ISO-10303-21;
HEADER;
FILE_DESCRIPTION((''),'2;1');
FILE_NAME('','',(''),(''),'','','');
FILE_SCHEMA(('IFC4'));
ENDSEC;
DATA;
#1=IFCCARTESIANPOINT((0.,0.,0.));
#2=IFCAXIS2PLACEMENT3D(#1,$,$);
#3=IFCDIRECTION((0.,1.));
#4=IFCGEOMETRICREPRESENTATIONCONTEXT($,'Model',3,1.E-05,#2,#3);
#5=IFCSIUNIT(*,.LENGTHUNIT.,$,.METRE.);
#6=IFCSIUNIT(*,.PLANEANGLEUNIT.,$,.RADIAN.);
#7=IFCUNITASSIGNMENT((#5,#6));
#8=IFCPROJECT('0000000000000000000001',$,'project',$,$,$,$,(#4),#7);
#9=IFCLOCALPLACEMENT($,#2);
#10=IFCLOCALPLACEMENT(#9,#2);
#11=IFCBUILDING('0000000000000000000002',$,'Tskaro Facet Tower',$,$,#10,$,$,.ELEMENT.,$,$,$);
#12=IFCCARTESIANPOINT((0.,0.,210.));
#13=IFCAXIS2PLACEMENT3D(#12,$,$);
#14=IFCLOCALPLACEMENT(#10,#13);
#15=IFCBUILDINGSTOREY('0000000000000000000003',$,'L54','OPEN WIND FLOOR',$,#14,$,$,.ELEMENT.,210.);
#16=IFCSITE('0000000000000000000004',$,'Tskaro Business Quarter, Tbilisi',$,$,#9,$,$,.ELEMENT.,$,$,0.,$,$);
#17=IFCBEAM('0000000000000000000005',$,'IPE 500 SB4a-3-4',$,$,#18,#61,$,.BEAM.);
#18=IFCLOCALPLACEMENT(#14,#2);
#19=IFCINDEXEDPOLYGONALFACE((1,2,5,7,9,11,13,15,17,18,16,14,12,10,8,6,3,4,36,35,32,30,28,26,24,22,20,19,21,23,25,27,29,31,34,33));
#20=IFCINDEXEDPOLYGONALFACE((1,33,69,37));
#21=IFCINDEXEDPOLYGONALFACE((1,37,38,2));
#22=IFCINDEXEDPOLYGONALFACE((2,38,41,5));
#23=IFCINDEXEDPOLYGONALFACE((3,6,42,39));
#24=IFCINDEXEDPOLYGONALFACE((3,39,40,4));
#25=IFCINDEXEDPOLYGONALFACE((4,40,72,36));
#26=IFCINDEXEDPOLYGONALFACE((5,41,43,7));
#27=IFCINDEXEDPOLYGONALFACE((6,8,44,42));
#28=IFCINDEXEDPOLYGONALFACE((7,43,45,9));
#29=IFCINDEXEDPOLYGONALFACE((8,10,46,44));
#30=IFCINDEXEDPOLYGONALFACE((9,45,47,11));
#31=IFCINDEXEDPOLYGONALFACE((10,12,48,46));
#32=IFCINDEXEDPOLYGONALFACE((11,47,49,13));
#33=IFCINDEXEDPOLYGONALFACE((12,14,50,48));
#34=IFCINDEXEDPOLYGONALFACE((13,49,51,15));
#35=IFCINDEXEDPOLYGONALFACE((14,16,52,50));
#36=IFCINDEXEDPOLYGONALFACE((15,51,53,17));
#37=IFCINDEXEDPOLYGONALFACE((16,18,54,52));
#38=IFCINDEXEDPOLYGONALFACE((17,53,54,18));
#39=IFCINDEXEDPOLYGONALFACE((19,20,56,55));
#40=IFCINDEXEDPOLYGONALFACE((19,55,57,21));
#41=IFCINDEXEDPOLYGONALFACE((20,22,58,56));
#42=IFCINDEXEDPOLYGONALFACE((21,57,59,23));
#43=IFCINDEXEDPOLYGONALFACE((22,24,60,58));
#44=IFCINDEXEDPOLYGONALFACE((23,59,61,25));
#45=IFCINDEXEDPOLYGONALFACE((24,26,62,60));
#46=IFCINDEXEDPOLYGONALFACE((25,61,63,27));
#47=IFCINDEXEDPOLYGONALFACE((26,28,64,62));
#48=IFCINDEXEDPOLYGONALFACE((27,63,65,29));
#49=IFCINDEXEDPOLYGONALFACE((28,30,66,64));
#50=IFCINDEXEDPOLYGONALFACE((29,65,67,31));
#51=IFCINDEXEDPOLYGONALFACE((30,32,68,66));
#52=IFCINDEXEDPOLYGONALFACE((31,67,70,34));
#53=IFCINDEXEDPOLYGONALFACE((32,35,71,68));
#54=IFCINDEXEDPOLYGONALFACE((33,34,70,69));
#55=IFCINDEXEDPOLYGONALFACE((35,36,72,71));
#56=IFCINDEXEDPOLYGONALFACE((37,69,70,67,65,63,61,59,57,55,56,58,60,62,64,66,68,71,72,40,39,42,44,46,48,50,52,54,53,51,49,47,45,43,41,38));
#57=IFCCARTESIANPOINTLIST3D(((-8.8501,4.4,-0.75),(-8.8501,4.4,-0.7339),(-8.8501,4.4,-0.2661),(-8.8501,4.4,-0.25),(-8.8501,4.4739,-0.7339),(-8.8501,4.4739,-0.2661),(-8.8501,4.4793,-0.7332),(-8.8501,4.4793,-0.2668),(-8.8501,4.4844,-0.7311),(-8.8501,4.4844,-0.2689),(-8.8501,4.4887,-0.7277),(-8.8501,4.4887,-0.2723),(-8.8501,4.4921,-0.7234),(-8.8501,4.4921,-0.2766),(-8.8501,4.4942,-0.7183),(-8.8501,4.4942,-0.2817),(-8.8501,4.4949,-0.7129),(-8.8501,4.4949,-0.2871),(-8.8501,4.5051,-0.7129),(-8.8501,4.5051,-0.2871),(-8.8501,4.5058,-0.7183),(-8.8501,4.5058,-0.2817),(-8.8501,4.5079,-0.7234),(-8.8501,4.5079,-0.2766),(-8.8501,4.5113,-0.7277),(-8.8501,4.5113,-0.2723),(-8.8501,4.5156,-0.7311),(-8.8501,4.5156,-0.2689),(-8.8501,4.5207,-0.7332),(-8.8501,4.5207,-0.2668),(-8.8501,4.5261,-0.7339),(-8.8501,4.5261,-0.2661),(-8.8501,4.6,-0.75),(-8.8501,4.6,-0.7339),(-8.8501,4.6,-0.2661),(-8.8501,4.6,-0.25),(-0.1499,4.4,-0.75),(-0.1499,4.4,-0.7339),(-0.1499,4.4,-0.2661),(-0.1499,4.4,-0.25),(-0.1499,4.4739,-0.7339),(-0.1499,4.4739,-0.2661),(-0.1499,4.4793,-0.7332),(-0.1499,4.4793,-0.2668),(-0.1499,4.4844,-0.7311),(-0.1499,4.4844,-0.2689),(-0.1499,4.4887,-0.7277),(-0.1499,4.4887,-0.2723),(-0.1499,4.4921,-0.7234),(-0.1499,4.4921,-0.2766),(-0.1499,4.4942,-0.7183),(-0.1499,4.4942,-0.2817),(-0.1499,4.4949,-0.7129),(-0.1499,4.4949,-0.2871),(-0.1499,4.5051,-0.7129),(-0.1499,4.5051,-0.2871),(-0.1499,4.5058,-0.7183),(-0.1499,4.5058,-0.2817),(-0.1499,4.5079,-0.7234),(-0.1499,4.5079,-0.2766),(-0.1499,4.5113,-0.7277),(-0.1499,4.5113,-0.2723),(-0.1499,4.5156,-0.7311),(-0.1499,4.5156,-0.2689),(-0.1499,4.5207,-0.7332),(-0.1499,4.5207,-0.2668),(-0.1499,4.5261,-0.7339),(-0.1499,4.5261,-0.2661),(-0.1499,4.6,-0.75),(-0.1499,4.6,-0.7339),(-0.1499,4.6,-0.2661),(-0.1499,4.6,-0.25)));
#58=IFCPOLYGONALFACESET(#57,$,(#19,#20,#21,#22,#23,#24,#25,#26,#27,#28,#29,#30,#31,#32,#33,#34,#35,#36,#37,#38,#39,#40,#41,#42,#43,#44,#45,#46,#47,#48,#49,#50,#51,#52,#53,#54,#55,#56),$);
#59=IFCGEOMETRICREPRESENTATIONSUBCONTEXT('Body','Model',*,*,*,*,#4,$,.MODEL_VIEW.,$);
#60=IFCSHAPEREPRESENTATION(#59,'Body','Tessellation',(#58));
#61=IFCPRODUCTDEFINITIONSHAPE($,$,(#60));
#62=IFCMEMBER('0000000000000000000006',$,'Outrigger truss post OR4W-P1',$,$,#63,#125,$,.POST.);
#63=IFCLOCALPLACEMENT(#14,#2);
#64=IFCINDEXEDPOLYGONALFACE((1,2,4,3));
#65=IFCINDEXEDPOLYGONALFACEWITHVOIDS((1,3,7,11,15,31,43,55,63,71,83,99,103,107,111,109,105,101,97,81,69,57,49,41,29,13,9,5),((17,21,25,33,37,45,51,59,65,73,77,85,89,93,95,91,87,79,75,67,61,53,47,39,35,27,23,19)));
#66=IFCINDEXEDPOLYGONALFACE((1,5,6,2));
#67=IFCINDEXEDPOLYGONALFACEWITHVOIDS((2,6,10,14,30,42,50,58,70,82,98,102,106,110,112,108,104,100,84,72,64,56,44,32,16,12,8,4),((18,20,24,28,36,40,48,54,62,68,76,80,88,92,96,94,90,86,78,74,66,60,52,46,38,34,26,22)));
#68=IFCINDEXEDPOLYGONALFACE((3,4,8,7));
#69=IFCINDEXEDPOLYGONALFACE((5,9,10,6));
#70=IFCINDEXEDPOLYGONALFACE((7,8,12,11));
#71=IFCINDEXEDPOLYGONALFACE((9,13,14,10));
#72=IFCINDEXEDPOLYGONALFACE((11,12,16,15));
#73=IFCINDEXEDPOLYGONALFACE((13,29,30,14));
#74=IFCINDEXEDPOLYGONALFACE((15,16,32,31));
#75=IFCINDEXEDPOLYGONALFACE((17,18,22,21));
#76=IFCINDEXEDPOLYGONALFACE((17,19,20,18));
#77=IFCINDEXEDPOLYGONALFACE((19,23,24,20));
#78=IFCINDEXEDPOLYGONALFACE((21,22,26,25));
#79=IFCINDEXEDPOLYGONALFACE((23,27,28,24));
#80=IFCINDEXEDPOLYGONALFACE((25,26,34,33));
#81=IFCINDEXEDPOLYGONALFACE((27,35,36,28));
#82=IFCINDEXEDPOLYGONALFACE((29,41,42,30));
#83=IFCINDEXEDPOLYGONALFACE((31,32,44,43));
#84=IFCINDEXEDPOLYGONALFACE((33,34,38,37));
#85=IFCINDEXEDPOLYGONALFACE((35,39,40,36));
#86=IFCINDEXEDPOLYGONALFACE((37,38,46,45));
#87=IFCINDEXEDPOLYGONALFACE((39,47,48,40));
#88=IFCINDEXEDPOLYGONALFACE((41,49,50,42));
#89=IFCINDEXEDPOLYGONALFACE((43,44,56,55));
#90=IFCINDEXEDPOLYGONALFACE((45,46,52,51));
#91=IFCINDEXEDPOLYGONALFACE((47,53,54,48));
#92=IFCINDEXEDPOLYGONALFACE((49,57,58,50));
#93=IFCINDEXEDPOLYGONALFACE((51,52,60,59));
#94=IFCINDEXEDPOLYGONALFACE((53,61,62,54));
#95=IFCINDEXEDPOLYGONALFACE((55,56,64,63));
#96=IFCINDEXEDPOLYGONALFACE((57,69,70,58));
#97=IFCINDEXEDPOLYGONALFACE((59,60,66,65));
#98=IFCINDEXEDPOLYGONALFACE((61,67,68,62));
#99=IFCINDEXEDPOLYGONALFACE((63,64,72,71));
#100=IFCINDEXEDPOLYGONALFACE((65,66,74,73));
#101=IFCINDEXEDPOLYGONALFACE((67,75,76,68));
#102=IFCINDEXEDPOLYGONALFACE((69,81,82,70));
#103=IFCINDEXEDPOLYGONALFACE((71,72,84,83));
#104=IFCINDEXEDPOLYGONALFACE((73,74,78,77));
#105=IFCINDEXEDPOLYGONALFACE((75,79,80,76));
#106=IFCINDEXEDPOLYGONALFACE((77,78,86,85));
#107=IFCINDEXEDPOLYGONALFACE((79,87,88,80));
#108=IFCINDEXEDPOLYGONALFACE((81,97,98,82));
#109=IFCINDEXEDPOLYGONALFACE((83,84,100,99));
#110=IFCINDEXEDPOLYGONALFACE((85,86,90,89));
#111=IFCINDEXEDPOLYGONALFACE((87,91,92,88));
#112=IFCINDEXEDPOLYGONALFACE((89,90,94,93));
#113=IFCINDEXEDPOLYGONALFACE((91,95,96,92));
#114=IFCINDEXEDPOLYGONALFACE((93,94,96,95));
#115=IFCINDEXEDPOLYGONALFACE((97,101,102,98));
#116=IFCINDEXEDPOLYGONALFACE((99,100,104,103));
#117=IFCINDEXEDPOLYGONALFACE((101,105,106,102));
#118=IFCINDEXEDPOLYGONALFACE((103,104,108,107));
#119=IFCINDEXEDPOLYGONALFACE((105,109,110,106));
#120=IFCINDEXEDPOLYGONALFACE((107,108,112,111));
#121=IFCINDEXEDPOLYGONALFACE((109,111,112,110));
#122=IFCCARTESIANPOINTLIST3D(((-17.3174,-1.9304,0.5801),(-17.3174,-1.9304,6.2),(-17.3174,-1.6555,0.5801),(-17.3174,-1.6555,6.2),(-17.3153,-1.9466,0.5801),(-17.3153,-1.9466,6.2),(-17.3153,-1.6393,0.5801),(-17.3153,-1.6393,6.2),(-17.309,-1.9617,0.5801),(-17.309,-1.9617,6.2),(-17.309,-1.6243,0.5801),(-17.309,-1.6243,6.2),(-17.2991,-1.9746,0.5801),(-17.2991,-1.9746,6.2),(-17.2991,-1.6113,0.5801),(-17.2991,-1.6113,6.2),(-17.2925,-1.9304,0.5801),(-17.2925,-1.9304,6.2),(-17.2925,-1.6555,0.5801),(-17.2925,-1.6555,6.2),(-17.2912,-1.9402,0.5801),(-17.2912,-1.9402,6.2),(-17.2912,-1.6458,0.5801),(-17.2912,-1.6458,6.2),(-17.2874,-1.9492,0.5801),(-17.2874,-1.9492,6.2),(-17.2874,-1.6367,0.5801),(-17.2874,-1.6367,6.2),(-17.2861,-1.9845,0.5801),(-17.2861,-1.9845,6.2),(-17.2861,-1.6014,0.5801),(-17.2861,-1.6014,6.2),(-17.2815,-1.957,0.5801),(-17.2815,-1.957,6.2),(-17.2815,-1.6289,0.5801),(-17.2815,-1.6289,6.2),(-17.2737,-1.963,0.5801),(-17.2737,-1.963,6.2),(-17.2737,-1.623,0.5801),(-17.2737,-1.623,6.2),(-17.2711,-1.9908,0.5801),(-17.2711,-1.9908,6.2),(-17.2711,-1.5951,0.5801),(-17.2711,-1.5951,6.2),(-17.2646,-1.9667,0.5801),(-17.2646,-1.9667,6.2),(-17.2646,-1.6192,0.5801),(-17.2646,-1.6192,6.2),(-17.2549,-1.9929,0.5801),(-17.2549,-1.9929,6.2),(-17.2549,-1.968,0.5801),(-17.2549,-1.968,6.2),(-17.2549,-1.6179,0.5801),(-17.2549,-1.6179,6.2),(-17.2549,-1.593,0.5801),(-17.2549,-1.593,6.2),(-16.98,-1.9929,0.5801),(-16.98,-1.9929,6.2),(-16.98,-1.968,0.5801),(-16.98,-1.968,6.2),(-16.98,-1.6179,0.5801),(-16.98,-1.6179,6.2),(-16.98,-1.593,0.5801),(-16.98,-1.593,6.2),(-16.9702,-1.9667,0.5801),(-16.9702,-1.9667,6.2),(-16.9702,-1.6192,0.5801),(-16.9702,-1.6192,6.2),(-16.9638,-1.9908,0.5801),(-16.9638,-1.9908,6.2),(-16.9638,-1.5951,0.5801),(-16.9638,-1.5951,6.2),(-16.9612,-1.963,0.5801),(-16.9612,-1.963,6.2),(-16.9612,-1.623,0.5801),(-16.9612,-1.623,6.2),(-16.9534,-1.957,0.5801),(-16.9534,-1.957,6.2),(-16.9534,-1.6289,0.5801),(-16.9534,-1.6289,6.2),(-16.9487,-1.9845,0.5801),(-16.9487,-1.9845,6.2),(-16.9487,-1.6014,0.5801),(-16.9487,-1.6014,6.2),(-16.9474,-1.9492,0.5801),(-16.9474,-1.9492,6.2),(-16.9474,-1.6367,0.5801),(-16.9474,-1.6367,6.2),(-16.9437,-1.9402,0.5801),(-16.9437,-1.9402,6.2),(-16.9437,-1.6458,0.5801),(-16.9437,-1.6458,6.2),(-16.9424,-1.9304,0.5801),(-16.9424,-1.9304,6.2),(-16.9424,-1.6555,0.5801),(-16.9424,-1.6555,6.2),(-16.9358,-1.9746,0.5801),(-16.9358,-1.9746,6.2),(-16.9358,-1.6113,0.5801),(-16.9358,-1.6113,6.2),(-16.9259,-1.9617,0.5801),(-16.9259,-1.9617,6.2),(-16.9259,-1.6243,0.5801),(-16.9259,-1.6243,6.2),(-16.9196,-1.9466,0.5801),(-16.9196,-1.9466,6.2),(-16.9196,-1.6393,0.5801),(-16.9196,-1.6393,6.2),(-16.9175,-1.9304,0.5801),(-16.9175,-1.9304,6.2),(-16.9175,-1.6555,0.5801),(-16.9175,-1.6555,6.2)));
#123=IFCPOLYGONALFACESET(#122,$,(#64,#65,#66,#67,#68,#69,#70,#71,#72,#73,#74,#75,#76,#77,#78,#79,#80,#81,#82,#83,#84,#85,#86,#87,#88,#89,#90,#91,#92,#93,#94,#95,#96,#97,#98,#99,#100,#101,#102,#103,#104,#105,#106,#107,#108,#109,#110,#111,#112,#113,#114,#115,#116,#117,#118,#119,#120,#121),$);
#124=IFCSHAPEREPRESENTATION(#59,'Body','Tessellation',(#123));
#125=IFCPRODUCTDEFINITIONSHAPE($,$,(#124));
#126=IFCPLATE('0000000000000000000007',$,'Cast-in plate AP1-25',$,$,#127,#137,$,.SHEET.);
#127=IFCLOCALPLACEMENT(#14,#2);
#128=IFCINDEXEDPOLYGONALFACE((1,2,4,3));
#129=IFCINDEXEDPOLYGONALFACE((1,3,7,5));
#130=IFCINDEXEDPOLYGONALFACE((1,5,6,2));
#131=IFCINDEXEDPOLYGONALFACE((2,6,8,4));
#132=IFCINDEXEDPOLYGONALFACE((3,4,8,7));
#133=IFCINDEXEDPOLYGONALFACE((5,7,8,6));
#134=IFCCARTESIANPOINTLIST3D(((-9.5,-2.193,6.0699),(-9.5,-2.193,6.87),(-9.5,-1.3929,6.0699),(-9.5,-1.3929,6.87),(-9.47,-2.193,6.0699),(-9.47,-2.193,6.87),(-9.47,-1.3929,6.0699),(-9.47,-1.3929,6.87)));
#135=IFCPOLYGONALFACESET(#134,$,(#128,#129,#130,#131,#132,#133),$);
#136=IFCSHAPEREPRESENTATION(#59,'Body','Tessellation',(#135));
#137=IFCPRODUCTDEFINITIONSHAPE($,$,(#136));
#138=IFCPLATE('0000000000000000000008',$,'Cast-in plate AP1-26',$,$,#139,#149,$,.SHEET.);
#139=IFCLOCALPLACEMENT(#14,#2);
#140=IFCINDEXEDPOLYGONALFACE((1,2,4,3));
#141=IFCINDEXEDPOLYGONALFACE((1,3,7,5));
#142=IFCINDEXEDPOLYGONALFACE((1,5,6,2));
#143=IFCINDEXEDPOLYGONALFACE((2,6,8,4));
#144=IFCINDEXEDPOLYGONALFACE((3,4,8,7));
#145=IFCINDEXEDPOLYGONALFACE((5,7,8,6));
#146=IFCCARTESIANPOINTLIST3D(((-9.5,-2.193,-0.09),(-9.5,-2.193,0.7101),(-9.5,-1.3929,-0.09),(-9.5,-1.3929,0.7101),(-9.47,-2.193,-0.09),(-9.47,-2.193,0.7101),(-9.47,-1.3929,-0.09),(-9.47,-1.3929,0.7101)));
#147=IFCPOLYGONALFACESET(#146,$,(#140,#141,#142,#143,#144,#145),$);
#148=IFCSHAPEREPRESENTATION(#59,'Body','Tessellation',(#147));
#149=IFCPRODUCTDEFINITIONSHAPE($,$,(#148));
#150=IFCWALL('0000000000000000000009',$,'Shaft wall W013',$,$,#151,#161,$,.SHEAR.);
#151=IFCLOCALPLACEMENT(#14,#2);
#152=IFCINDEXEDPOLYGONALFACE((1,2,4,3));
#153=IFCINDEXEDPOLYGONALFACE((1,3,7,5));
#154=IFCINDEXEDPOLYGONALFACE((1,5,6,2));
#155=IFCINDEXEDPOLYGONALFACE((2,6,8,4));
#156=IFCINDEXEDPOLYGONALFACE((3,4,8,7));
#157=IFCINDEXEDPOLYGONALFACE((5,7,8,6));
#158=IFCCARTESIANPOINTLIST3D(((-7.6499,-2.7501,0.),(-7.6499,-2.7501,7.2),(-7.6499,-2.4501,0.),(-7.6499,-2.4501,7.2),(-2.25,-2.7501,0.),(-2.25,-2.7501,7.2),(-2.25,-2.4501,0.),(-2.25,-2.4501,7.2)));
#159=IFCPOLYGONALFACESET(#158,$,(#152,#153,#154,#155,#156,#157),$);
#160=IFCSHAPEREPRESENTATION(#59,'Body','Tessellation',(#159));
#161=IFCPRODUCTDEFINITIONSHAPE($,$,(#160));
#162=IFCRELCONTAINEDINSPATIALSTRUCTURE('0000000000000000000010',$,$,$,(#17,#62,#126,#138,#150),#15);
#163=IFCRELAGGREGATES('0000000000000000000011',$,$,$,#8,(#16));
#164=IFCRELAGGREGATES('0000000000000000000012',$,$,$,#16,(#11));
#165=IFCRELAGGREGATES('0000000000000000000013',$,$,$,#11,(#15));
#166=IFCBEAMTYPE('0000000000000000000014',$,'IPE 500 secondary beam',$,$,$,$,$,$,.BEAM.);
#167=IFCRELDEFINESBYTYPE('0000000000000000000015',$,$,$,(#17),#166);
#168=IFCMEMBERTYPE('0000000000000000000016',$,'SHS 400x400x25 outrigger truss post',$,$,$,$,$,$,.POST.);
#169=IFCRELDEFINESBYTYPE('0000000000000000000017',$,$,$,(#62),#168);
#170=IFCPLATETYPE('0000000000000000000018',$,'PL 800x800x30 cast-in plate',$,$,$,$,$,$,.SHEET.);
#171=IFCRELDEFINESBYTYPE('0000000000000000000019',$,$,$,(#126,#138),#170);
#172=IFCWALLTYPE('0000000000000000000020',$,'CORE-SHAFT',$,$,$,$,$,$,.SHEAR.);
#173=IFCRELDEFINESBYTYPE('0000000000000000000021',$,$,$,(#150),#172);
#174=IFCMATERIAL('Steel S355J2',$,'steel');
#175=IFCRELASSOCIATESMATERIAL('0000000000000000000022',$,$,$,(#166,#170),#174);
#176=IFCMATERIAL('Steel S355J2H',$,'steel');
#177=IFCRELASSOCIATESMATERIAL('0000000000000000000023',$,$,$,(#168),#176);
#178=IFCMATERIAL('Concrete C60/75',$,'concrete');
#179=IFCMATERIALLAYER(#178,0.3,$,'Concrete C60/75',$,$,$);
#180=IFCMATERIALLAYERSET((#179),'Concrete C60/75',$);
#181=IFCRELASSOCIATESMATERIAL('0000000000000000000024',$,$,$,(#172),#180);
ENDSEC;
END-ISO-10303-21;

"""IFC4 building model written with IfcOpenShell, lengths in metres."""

from ifc_helpers import new_model, si_unit, direction, frame, frame_2d, origin, origin_2d, place, context, subcontext, project, spatial, rectangle, hollow_rectangle, i_section, extrude, material, layer, layer_set, material_profile, profile_set, type_object, element, save


model = new_model("IFC4")

# Units and contexts
model_context = context("Model", 3, precision=1e-05, world=origin(), true_north=direction((0.0, 1.0)))
body_context = subcontext(model_context, "Body", "Model", "MODEL_VIEW")
ifc_project = project(units=[si_unit("LENGTHUNIT", "METRE"), si_unit("PLANEANGLEUNIT", "RADIAN")], contexts=[model_context])

# Site, building, storey
site_placement = place(None, origin())
site = spatial("IfcSite", under=ifc_project, at=site_placement, Name="Tskaro Business Quarter, Tbilisi", CompositionType="ELEMENT", RefElevation=0.0)
building_placement = place(site_placement, origin())
building = spatial("IfcBuilding", under=site, at=building_placement, Name="Tskaro Facet Tower", CompositionType="ELEMENT")
storey_placement = place(building_placement, frame((0.0, 0.0, 210.0)))
storey = spatial("IfcBuildingStorey", under=building, at=storey_placement, Name="L54", Description="OPEN WIND FLOOR", CompositionType="ELEMENT", Elevation=210.0)

# Shared definitions
ifc_material_1 = material(Name="Steel S355J2H", Category="steel")

# Beam
ifc_material_2 = material(Name="Steel S355J2", Category="steel")
ifc_material_profile_1 = material_profile(ifc_material_2, i_section(OverallWidth=0.2, OverallDepth=0.5, WebThickness=0.0103, FlangeThickness=0.0161, FilletRadius=0.021, at=origin_2d()), Name="IPE 500")
ifc_profile_set_1 = profile_set([ifc_material_profile_1], Name="Steel S355J2")
beam_type_1 = type_object("IfcBeamType", Name="IPE 500 secondary beam", PredefinedType="BEAM", material=ifc_profile_set_1)
for number, where, z_axis, x_axis, name in (
    (1, (-8.8501, 4.5, -0.5), (1.0, 0.0, 0.0), (0.0, 1.0, 0.0), "IPE 500 SB4a-3-4"),
):
    element("IfcBeam", number, at=place(storey_placement, frame(where, z_axis=z_axis, x_axis=x_axis)), inside=storey, type_object=beam_type_1, Name=name, PredefinedType="BEAM", context=body_context, shape_type="SweptSolid", body=[
        extrude(i_section(OverallWidth=0.2, OverallDepth=0.5, WebThickness=0.0103, FlangeThickness=0.0161, FilletRadius=0.021, at=origin_2d()), origin(), (0.0, 0.0, 1.0), 8.7002),
    ])

# Member
ifc_material_profile_2 = material_profile(ifc_material_1, hollow_rectangle(XDim=0.3999, YDim=0.3999, WallThickness=0.0249, InnerFilletRadius=0.0376, OuterFilletRadius=0.0625, at=origin_2d()), Name="SHS 400x400x25")
ifc_profile_set_2 = profile_set([ifc_material_profile_2], Name="Steel S355J2H")
member_type_1 = type_object("IfcMemberType", Name="SHS 400x400x25 outrigger truss post", PredefinedType="POST", material=ifc_profile_set_2)
member_1_placement = place(storey_placement, frame((-17.1174, -1.793, 0.5801), z_axis=(0.0, 0.0, 1.0), x_axis=(1.0, 0.0, 0.0)))
element("IfcMember", 2, at=member_1_placement, inside=storey, type_object=member_type_1, Name="Outrigger truss post OR4W-P1", PredefinedType="POST", context=body_context, shape_type="SweptSolid", body=[
    extrude(hollow_rectangle(XDim=0.3999, YDim=0.3999, WallThickness=0.0249, InnerFilletRadius=0.0376, OuterFilletRadius=0.0625, at=origin_2d()), origin(), (0.0, 0.0, 1.0), 5.6199),
])

# Plates
ifc_material_profile_3 = material_profile(ifc_material_2, rectangle(XDim=0.8, YDim=0.8, at=origin_2d()), Name="PL 800x800x30 cast-in plate")
ifc_profile_set_3 = profile_set([ifc_material_profile_3], Name="Steel S355J2")
plate_type = type_object("IfcPlateType", Name="PL 800x800x30 cast-in plate", PredefinedType="SHEET", material=ifc_profile_set_3)
for number, where, z_axis, x_axis, name in (
    (3, (-9.47, -1.793, 6.47), (-1.0, 0.0, 0.0), (0.0, -1.0, 0.0), "Cast-in plate AP1-25"),
    (4, (-9.47, -1.793, 0.3101), (-1.0, 0.0, 0.0), (0.0, -1.0, 0.0), "Cast-in plate AP1-26"),
):
    element("IfcPlate", number, at=place(storey_placement, frame(where, z_axis=z_axis, x_axis=x_axis)), inside=storey, type_object=plate_type, Name=name, PredefinedType="SHEET", context=body_context, shape_type="SweptSolid", body=[
        extrude(rectangle(XDim=0.8, YDim=0.8, at=origin_2d()), origin(), (0.0, 0.0, 1.0), 0.03),
    ])

# Wall
ifc_material_3 = material(Name="Concrete C60/75", Category="concrete")
ifc_layer_1 = layer(ifc_material_3, 0.3, Name="Concrete C60/75")
ifc_layer_set_1 = layer_set([ifc_layer_1], Name="Concrete C60/75")
wall_type_1 = type_object("IfcWallType", Name="CORE-SHAFT", PredefinedType="SHEAR", material=ifc_layer_set_1)
wall_1_placement = place(storey_placement, frame((-7.6499, -2.6001, 0.0), z_axis=(0.0, 0.0, 1.0), x_axis=(1.0, 0.0, 0.0)))
element("IfcWall", 5, at=wall_1_placement, inside=storey, type_object=wall_type_1, Name="Shaft wall W013", PredefinedType="SHEAR", context=body_context, shape_type="SweptSolid", body=[
    extrude(rectangle(XDim=5.3999, YDim=0.3, at=frame_2d((2.7, 0.0))), origin(), (0.0, 0.0, 1.0), 7.2),
])

save(model, "model.ifc")
